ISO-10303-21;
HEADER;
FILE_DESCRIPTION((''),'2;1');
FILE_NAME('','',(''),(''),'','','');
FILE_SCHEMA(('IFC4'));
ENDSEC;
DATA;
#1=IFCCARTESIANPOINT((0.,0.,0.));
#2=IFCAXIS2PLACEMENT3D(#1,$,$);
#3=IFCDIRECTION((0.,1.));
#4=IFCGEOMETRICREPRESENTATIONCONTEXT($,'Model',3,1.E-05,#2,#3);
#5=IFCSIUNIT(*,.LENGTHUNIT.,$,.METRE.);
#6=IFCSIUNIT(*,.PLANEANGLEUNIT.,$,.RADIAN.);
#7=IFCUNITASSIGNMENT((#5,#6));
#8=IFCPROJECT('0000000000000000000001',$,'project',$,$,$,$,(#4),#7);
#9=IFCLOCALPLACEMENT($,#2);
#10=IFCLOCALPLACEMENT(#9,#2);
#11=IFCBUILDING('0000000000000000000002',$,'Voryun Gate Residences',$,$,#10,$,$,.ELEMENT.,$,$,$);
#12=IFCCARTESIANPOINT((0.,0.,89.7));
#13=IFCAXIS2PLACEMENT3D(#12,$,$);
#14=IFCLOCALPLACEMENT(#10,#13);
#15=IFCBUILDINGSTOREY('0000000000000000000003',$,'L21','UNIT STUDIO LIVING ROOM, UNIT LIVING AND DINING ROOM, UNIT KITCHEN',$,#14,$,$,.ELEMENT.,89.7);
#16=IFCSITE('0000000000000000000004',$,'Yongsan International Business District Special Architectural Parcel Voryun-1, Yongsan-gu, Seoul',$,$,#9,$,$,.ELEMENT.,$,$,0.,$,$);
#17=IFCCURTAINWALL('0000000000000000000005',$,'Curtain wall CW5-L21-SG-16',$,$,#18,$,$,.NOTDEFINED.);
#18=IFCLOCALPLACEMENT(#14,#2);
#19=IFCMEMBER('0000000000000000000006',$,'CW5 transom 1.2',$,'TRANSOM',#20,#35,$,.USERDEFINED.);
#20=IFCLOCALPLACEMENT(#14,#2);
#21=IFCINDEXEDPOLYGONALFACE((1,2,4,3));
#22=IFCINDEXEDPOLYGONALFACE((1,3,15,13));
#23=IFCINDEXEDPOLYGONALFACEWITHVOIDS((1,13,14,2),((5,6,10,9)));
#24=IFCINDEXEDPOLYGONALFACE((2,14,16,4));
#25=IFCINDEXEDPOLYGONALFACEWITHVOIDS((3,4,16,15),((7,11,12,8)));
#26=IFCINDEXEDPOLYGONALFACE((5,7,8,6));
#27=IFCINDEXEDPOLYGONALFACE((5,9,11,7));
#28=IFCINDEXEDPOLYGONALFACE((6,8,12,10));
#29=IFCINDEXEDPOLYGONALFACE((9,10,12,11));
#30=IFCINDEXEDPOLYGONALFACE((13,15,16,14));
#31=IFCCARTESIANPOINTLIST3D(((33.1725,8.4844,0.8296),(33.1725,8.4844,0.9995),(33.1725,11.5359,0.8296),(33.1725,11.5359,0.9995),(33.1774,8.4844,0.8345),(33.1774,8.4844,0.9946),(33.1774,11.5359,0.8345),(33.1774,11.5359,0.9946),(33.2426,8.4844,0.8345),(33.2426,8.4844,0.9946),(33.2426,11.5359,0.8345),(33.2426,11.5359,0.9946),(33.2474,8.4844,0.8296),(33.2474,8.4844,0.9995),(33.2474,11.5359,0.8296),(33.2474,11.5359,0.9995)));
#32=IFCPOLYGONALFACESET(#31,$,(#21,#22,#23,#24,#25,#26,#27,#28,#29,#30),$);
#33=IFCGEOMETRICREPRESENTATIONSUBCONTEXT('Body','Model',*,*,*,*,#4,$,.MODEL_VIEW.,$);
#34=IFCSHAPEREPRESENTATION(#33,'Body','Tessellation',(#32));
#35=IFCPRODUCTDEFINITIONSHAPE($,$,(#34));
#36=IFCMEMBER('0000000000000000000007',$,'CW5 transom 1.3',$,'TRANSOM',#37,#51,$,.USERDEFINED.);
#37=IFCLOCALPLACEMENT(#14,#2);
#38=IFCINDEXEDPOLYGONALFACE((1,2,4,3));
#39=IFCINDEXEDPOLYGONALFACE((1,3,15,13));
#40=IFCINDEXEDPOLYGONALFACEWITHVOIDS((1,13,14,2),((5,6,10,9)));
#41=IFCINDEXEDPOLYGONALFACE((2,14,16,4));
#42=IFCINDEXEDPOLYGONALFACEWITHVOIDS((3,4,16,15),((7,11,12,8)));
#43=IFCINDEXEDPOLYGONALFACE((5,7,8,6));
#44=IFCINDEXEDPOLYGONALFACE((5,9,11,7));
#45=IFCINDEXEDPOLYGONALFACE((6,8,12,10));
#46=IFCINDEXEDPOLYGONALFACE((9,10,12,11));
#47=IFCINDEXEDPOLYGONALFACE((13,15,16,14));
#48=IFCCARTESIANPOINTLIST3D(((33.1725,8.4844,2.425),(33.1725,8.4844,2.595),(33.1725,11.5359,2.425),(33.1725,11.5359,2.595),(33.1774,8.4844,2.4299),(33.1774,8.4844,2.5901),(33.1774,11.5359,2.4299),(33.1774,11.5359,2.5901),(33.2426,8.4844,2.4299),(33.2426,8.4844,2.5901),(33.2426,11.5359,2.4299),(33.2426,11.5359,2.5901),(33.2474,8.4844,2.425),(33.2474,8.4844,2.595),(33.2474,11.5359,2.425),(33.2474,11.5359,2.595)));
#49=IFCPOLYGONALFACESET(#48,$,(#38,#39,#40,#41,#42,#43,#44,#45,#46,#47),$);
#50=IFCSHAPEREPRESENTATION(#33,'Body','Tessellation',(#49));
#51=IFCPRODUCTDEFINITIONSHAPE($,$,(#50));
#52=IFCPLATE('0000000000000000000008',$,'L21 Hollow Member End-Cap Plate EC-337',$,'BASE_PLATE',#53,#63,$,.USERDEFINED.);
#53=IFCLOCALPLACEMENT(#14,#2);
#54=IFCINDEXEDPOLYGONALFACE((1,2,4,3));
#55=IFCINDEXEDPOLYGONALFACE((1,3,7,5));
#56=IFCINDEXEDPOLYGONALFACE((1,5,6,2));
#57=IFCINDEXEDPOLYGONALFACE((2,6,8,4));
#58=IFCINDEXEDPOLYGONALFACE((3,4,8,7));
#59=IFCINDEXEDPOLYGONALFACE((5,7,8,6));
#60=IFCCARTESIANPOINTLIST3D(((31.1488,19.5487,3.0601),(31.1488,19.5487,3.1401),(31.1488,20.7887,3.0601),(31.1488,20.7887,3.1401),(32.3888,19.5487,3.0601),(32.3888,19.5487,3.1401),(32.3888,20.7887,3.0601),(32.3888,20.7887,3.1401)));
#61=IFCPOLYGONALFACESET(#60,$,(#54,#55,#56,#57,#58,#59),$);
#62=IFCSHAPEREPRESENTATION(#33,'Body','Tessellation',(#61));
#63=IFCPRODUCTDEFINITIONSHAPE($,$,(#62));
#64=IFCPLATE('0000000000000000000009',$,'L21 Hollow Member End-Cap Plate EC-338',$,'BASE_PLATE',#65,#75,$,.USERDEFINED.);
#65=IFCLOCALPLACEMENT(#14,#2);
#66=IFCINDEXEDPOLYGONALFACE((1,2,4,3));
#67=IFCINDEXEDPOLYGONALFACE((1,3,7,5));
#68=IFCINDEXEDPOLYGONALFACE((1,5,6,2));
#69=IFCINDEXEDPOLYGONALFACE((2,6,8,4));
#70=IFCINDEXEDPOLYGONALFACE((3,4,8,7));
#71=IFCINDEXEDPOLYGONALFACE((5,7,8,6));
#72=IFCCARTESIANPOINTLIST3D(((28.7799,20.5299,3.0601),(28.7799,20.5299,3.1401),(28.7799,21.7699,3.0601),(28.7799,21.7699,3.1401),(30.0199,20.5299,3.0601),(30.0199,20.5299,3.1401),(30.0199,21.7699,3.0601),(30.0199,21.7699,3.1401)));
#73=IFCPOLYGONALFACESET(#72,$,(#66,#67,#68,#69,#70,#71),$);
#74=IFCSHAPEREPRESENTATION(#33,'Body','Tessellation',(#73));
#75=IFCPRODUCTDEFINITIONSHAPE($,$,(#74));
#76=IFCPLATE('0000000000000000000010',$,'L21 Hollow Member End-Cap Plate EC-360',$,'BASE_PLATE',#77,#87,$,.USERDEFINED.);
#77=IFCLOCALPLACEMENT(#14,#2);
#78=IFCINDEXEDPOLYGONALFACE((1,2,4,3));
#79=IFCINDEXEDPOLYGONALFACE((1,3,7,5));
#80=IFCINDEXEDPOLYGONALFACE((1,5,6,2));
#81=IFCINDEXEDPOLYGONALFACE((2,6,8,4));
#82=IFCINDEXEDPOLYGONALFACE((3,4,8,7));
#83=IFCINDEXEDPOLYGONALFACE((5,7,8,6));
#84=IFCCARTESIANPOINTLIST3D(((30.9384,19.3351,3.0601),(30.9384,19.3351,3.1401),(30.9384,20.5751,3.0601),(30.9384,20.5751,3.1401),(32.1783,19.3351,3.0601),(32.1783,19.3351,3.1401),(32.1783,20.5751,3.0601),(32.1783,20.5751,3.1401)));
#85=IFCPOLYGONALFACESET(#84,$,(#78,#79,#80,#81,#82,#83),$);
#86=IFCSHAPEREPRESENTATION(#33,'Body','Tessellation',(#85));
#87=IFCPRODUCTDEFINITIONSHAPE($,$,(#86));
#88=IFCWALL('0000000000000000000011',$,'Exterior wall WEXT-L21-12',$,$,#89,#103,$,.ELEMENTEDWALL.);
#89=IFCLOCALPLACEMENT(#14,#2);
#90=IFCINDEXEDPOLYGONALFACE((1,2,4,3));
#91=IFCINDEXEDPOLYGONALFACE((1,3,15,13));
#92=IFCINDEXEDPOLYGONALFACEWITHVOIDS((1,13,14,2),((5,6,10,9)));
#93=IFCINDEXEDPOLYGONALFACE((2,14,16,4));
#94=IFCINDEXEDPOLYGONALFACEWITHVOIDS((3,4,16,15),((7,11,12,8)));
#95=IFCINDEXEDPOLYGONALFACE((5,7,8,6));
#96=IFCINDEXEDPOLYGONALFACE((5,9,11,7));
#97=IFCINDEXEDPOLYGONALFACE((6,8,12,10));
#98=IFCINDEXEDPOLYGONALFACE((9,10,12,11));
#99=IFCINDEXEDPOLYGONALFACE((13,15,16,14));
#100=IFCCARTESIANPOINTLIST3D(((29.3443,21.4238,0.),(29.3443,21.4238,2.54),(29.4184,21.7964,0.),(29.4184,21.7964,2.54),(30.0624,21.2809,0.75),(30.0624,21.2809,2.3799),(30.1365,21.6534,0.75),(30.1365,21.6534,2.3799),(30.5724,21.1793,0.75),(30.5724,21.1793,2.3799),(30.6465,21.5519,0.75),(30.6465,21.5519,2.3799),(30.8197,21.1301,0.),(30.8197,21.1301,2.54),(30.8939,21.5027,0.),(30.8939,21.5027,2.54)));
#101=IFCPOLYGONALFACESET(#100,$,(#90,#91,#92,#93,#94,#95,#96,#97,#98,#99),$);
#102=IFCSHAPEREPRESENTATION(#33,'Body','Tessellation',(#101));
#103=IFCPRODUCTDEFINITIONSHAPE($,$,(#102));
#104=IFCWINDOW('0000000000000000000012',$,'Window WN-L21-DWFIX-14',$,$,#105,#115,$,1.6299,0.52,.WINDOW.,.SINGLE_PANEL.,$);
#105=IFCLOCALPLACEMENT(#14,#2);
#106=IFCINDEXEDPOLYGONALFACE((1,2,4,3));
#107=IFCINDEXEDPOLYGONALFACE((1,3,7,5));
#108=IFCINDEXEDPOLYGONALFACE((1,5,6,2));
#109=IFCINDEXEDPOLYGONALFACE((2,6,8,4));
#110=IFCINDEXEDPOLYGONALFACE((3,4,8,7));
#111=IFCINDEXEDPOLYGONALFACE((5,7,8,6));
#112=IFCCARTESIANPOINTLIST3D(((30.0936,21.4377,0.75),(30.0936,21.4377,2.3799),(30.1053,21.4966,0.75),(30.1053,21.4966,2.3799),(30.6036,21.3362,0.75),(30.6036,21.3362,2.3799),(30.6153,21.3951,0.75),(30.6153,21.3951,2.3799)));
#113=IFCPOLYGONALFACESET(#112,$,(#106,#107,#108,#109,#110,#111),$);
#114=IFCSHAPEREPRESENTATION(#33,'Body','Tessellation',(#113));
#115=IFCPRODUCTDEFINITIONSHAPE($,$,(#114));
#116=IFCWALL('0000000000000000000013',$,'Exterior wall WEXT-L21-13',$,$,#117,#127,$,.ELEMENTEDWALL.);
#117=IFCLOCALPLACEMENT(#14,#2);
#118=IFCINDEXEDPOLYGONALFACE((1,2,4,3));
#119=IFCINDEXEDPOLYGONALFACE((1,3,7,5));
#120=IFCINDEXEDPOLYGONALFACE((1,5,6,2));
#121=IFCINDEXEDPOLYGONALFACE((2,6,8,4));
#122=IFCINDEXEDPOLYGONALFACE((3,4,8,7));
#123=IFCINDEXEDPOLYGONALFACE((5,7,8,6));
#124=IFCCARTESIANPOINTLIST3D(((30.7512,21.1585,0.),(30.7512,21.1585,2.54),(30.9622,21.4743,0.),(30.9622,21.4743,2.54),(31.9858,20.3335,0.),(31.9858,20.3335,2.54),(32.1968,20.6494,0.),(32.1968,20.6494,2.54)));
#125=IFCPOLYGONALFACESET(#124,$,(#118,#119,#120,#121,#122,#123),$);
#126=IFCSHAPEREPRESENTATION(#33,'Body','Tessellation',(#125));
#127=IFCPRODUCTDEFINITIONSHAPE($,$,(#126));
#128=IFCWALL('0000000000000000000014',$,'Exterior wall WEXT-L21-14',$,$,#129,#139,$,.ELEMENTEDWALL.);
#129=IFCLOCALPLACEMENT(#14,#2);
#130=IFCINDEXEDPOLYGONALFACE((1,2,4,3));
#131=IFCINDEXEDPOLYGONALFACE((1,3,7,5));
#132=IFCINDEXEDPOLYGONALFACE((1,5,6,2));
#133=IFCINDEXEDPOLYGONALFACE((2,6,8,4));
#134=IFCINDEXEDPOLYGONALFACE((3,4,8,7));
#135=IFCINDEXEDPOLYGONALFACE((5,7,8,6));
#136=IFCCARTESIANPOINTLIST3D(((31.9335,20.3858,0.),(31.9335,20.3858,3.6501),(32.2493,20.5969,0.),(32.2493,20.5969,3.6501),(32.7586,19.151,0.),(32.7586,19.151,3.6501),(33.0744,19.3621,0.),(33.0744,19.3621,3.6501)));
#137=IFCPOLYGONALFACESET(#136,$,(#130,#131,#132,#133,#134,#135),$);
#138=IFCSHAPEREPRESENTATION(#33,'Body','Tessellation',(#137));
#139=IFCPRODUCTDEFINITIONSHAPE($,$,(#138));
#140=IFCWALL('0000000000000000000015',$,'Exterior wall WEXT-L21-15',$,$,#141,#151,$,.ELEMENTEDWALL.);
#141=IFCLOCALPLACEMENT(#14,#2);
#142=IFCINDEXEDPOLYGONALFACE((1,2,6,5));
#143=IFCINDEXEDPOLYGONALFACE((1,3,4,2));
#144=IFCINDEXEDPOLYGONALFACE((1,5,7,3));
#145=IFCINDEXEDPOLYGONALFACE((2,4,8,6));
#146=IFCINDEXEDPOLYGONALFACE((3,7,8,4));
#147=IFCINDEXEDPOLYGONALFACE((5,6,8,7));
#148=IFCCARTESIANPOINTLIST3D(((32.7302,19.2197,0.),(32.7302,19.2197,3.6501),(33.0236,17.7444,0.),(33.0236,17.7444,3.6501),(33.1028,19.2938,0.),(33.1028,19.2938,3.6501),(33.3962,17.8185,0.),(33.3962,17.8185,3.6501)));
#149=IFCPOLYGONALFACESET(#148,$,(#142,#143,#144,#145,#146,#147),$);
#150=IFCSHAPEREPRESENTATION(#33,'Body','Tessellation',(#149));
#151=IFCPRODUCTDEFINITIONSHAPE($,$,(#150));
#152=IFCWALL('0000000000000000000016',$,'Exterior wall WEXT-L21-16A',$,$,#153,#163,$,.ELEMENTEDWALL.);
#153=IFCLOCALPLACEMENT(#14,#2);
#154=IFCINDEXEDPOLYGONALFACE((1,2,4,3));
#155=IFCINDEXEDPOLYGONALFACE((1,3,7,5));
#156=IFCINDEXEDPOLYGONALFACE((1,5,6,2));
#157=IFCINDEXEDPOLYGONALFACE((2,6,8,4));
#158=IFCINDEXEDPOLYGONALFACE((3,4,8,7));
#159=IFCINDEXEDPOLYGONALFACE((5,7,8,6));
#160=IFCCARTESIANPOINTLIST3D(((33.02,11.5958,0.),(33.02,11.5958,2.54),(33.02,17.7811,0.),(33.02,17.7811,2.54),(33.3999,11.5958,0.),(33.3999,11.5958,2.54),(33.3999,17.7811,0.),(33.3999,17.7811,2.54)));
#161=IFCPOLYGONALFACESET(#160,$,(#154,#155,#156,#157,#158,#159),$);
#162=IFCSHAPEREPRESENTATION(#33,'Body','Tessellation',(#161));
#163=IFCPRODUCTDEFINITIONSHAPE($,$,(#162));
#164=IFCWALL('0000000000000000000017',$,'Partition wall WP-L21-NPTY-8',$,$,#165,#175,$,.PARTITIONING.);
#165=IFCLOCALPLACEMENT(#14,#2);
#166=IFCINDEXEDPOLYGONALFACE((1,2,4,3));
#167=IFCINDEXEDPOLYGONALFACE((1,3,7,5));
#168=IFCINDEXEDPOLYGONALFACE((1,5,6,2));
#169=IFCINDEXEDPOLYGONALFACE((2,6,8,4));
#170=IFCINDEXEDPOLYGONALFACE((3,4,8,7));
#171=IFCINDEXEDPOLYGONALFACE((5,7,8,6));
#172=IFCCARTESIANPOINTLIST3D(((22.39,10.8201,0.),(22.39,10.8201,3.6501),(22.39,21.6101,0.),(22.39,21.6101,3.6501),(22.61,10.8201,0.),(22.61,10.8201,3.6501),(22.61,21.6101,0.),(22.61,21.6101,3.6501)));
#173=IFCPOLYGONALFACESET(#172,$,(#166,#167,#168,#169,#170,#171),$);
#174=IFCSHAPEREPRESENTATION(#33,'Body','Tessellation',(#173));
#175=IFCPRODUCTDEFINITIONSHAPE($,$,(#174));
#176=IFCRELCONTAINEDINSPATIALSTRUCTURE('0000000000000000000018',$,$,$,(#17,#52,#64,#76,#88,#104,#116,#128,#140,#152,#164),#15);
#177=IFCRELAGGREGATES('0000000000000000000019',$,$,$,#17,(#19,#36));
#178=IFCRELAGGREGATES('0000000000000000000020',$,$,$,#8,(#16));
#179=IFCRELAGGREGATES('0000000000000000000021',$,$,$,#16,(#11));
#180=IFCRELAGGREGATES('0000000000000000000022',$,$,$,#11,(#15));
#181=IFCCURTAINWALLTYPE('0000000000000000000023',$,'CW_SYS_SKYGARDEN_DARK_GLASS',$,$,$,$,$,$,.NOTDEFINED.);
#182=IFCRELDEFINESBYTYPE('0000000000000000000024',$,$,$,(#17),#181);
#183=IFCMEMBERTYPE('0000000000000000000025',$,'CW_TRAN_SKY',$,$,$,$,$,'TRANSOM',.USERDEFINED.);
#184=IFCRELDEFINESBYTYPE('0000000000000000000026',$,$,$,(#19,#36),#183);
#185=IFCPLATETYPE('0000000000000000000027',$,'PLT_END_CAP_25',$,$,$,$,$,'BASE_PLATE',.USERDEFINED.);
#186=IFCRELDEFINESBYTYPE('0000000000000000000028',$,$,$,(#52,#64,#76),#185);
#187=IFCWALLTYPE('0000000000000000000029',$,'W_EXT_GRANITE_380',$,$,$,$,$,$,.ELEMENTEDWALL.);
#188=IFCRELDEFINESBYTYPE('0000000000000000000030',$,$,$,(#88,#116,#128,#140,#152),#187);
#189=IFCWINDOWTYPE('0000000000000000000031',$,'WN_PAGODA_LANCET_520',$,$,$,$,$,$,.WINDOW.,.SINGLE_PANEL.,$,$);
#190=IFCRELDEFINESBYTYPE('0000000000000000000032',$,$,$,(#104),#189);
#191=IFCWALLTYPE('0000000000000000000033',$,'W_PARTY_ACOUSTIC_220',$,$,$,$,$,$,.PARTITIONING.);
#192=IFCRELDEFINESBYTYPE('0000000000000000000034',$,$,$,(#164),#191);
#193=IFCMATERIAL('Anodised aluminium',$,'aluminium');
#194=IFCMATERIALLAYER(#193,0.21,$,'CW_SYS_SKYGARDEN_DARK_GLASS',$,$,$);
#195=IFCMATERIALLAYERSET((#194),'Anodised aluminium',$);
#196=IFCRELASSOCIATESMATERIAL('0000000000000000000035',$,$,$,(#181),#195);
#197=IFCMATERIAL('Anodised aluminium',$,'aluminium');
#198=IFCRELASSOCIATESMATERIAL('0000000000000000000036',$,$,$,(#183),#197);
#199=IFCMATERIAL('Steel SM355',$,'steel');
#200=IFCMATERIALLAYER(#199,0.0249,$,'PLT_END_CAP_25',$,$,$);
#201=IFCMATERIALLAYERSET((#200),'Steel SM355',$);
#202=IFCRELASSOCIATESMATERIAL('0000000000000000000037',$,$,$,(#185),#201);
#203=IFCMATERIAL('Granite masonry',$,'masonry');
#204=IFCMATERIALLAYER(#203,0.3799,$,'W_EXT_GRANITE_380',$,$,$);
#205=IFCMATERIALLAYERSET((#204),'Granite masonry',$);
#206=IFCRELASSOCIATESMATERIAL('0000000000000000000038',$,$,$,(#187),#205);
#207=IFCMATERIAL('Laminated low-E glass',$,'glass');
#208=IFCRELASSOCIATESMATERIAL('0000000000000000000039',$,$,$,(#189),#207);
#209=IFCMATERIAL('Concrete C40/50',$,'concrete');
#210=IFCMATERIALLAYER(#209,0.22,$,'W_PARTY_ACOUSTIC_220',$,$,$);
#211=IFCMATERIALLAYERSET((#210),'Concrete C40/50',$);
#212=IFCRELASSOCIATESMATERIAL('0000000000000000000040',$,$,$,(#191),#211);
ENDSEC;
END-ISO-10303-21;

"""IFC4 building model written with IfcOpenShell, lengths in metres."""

from ifc_helpers import new_model, si_unit, direction, frame, frame_2d, origin, origin_2d, place, context, subcontext, project, spatial, rectangle, hollow_rectangle, extrude, material, layer, layer_set, material_profile, profile_set, type_object, element, fill, aggregate, save


model = new_model("IFC4")

# Units and contexts
model_context = context("Model", 3, precision=1e-05, world=origin(), true_north=direction((0.0, 1.0)))
body_context = subcontext(model_context, "Body", "Model", "MODEL_VIEW")
ifc_project = project(units=[si_unit("LENGTHUNIT", "METRE"), si_unit("PLANEANGLEUNIT", "RADIAN")], contexts=[model_context])

# Site, building, storey
site_placement = place(None, origin())
site = spatial("IfcSite", under=ifc_project, at=site_placement, Name="Yongsan International Business District Special Architectural Parcel Voryun-1, Yongsan-gu, Seoul", CompositionType="ELEMENT", RefElevation=0.0)
building_placement = place(site_placement, origin())
building = spatial("IfcBuilding", under=site, at=building_placement, Name="Voryun Gate Residences", CompositionType="ELEMENT")
storey_placement = place(building_placement, frame((0.0, 0.0, 89.7)))
storey = spatial("IfcBuildingStorey", under=building, at=storey_placement, Name="L21", Description="UNIT STUDIO LIVING ROOM, UNIT LIVING AND DINING ROOM, UNIT KITCHEN", CompositionType="ELEMENT", Elevation=89.7)

# Curtain wall, members
ifc_material_1 = material(Name="Anodised aluminium", Category="aluminium")
ifc_layer_1 = layer(ifc_material_1, 0.21, Name="CW_SYS_SKYGARDEN_DARK_GLASS")
ifc_layer_set_1 = layer_set([ifc_layer_1], Name="Anodised aluminium")
curtain_wall_type = type_object("IfcCurtainWallType", Name="CW_SYS_SKYGARDEN_DARK_GLASS", PredefinedType="NOTDEFINED", material=ifc_layer_set_1)
curtain_wall_placement = place(storey_placement, origin())
curtain_wall = element("IfcCurtainWall", 1, at=curtain_wall_placement, inside=storey, type_object=curtain_wall_type, Name="Curtain wall CW5-L21-SG-16", PredefinedType="NOTDEFINED")
ifc_material_2 = material(Name="Anodised aluminium", Category="aluminium")
ifc_material_profile_1 = material_profile(ifc_material_2, hollow_rectangle(XDim=0.075, YDim=0.1699, WallThickness=0.0049, at=origin_2d()), Name="ALU-TRAN-170x75x5")
ifc_profile_set_1 = profile_set([ifc_material_profile_1], Name="Anodised aluminium")
member_type_1 = type_object("IfcMemberType", Name="CW_TRAN_SKY", ElementType="TRANSOM", PredefinedType="USERDEFINED", material=ifc_profile_set_1)
member_1_placement = place(storey_placement, frame((33.21, 11.5359, 0.9146), z_axis=(0.0, -1.0, 0.0), x_axis=(1.0, 0.0, 0.0)))
member_1 = element("IfcMember", 2, at=member_1_placement, type_object=member_type_1, Name="CW5 transom 1.2", ObjectType="TRANSOM", PredefinedType="USERDEFINED", context=body_context, shape_type="SweptSolid", body=[
    extrude(hollow_rectangle(XDim=0.075, YDim=0.1699, WallThickness=0.0049, at=origin_2d()), origin(), (0.0, 0.0, 1.0), 3.0515),
])
member_2_placement = place(storey_placement, frame((33.21, 11.5359, 2.51), z_axis=(0.0, -1.0, 0.0), x_axis=(1.0, 0.0, 0.0)))
member_2 = element("IfcMember", 3, at=member_2_placement, type_object=member_type_1, Name="CW5 transom 1.3", ObjectType="TRANSOM", PredefinedType="USERDEFINED", context=body_context, shape_type="SweptSolid", body=[
    extrude(hollow_rectangle(XDim=0.075, YDim=0.1699, WallThickness=0.0049, at=origin_2d()), origin(), (0.0, 0.0, 1.0), 3.0515),
])
aggregate(curtain_wall, [member_1, member_2])

# Plates
ifc_material_3 = material(Name="Steel SM355", Category="steel")
ifc_layer_2 = layer(ifc_material_3, 0.0249, Name="PLT_END_CAP_25")
ifc_layer_set_2 = layer_set([ifc_layer_2], Name="Steel SM355")
plate_type = type_object("IfcPlateType", Name="PLT_END_CAP_25", ElementType="BASE_PLATE", PredefinedType="USERDEFINED", material=ifc_layer_set_2)
for number, where, z_axis, x_axis, name in (
    (4, (31.7688, 20.1687, 3.0601), (0.0, 0.0, 1.0), (1.0, 0.0, 0.0), "L21 Hollow Member End-Cap Plate EC-337"),
    (5, (29.3999, 21.1499, 3.0601), (0.0, 0.0, 1.0), (1.0, 0.0, 0.0), "L21 Hollow Member End-Cap Plate EC-338"),
    (6, (31.5583, 19.9551, 3.0601), (0.0, 0.0, 1.0), (1.0, 0.0, 0.0), "L21 Hollow Member End-Cap Plate EC-360"),
):
    element("IfcPlate", number, at=place(storey_placement, frame(where, z_axis=z_axis, x_axis=x_axis)), inside=storey, type_object=plate_type, Name=name, ObjectType="BASE_PLATE", PredefinedType="USERDEFINED", context=body_context, shape_type="SweptSolid", body=[
        extrude(rectangle(XDim=1.24, YDim=1.24, at=origin_2d()), origin(), (0.0, 0.0, 1.0), 0.0801),
    ])

# Wall, opening, window
ifc_material_4 = material(Name="Granite masonry", Category="masonry")
ifc_layer_3 = layer(ifc_material_4, 0.3799, Name="W_EXT_GRANITE_380")
ifc_layer_set_3 = layer_set([ifc_layer_3], Name="Granite masonry")
wall_type_1 = type_object("IfcWallType", Name="W_EXT_GRANITE_380", PredefinedType="ELEMENTEDWALL", material=ifc_layer_set_3)
wall_1_placement = place(storey_placement, frame((29.3813, 21.6101, 0.0), z_axis=(0.0, 0.0, 1.0), x_axis=(0.980755, -0.195242, 0.0)))
wall_1 = element("IfcWall", 7, at=wall_1_placement, inside=storey, type_object=wall_type_1, Name="Exterior wall WEXT-L21-12", PredefinedType="ELEMENTEDWALL", context=body_context, shape_type="SweptSolid", body=[
    extrude(rectangle(XDim=1.5044, YDim=0.3799, at=frame_2d((0.7522, 0.0))), origin(), (0.0, 0.0, 1.0), 2.54),
])
opening_1_placement = place(wall_1_placement, frame((0.7322, 0.0, 0.75)))
opening_1 = element("IfcOpeningElement", 8, at=opening_1_placement, cuts=wall_1, PredefinedType="OPENING", context=body_context, shape_type="SweptSolid", body=[
    extrude(rectangle(XDim=0.52, YDim=1.6299, at=frame_2d((0.26, 0.8149))), frame((0.0, 0.2, 0.0), z_axis=(0.0, -1.0, 0.0), x_axis=(1.0, 0.0, 0.0)), (0.0, 0.0, 1.0), 0.3999),
])
ifc_material_5 = material(Name="Laminated low-E glass", Category="glass")
window_type = type_object("IfcWindowType", Name="WN_PAGODA_LANCET_520", PartitioningType="SINGLE_PANEL", PredefinedType="WINDOW", material=ifc_material_5)
window_placement = place(opening_1_placement, origin())
window = element("IfcWindow", 9, at=window_placement, inside=storey, type_object=window_type, Name="Window WN-L21-DWFIX-14", OverallHeight=1.6299, OverallWidth=0.52, PartitioningType="SINGLE_PANEL", PredefinedType="WINDOW", context=body_context, shape_type="SweptSolid", body=[
    extrude(rectangle(XDim=0.52, YDim=1.6299, at=frame_2d((0.26, 0.8149))), frame((0.0, 0.03, 0.0), z_axis=(0.0, -1.0, 0.0), x_axis=(1.0, 0.0, 0.0)), (0.0, 0.0, 1.0), 0.0601),
])
fill(opening_1, window)

# Walls
wall_2_placement = place(storey_placement, frame((30.8567, 21.3164, 0.0), z_axis=(0.0, 0.0, 1.0), x_axis=(0.831468, -0.555573, 0.0)))
element("IfcWall", 10, at=wall_2_placement, inside=storey, type_object=wall_type_1, Name="Exterior wall WEXT-L21-13", PredefinedType="ELEMENTEDWALL", context=body_context, shape_type="SweptSolid", body=[
    extrude(rectangle(XDim=1.4849, YDim=0.3799, at=frame_2d((0.7424, 0.0))), origin(), (0.0, 0.0, 1.0), 2.54),
])
wall_3_placement = place(storey_placement, frame((32.0913, 20.4915, 0.0), z_axis=(0.0, 0.0, 1.0), x_axis=(0.55561, -0.831443, 0.0)))
element("IfcWall", 11, at=wall_3_placement, inside=storey, type_object=wall_type_1, Name="Exterior wall WEXT-L21-14", PredefinedType="ELEMENTEDWALL", context=body_context, shape_type="SweptSolid", body=[
    extrude(rectangle(XDim=1.4851, YDim=0.3799, at=frame_2d((0.7427, 0.0))), origin(), (0.0, 0.0, 1.0), 3.6501),
])
wall_4_placement = place(storey_placement, frame((32.9165, 19.2566, 0.0), z_axis=(0.0, 0.0, 1.0), x_axis=(0.195086, -0.980786, 0.0)))
element("IfcWall", 12, at=wall_4_placement, inside=storey, type_object=wall_type_1, Name="Exterior wall WEXT-L21-15", PredefinedType="ELEMENTEDWALL", context=body_context, shape_type="SweptSolid", body=[
    extrude(rectangle(XDim=1.5042, YDim=0.3799, at=frame_2d((0.752, 0.0))), origin(), (0.0, 0.0, 1.0), 3.6501),
])
wall_5_placement = place(storey_placement, frame((33.21, 17.7812, 0.0), z_axis=(0.0, 0.0, 1.0), x_axis=(0.0, -1.0, 0.0)))
element("IfcWall", 13, at=wall_5_placement, inside=storey, type_object=wall_type_1, Name="Exterior wall WEXT-L21-16A", PredefinedType="ELEMENTEDWALL", context=body_context, shape_type="SweptSolid", body=[
    extrude(rectangle(XDim=6.1853, YDim=0.3799, at=frame_2d((3.0928, 0.0))), origin(), (0.0, 0.0, 1.0), 2.54),
])
ifc_material_6 = material(Name="Concrete C40/50", Category="concrete")
ifc_layer_4 = layer(ifc_material_6, 0.22, Name="W_PARTY_ACOUSTIC_220")
ifc_layer_set_4 = layer_set([ifc_layer_4], Name="Concrete C40/50")
wall_type_2 = type_object("IfcWallType", Name="W_PARTY_ACOUSTIC_220", PredefinedType="PARTITIONING", material=ifc_layer_set_4)
wall_6_placement = place(storey_placement, frame((22.5, 10.8201, 0.0), z_axis=(0.0, 0.0, 1.0), x_axis=(0.0, 1.0, 0.0)))
element("IfcWall", 14, at=wall_6_placement, inside=storey, type_object=wall_type_2, Name="Partition wall WP-L21-NPTY-8", PredefinedType="PARTITIONING", context=body_context, shape_type="SweptSolid", body=[
    extrude(rectangle(XDim=10.79, YDim=0.22, at=frame_2d((5.395, 0.0))), origin(), (0.0, 0.0, 1.0), 3.6501),
])

save(model, "model.ifc")
